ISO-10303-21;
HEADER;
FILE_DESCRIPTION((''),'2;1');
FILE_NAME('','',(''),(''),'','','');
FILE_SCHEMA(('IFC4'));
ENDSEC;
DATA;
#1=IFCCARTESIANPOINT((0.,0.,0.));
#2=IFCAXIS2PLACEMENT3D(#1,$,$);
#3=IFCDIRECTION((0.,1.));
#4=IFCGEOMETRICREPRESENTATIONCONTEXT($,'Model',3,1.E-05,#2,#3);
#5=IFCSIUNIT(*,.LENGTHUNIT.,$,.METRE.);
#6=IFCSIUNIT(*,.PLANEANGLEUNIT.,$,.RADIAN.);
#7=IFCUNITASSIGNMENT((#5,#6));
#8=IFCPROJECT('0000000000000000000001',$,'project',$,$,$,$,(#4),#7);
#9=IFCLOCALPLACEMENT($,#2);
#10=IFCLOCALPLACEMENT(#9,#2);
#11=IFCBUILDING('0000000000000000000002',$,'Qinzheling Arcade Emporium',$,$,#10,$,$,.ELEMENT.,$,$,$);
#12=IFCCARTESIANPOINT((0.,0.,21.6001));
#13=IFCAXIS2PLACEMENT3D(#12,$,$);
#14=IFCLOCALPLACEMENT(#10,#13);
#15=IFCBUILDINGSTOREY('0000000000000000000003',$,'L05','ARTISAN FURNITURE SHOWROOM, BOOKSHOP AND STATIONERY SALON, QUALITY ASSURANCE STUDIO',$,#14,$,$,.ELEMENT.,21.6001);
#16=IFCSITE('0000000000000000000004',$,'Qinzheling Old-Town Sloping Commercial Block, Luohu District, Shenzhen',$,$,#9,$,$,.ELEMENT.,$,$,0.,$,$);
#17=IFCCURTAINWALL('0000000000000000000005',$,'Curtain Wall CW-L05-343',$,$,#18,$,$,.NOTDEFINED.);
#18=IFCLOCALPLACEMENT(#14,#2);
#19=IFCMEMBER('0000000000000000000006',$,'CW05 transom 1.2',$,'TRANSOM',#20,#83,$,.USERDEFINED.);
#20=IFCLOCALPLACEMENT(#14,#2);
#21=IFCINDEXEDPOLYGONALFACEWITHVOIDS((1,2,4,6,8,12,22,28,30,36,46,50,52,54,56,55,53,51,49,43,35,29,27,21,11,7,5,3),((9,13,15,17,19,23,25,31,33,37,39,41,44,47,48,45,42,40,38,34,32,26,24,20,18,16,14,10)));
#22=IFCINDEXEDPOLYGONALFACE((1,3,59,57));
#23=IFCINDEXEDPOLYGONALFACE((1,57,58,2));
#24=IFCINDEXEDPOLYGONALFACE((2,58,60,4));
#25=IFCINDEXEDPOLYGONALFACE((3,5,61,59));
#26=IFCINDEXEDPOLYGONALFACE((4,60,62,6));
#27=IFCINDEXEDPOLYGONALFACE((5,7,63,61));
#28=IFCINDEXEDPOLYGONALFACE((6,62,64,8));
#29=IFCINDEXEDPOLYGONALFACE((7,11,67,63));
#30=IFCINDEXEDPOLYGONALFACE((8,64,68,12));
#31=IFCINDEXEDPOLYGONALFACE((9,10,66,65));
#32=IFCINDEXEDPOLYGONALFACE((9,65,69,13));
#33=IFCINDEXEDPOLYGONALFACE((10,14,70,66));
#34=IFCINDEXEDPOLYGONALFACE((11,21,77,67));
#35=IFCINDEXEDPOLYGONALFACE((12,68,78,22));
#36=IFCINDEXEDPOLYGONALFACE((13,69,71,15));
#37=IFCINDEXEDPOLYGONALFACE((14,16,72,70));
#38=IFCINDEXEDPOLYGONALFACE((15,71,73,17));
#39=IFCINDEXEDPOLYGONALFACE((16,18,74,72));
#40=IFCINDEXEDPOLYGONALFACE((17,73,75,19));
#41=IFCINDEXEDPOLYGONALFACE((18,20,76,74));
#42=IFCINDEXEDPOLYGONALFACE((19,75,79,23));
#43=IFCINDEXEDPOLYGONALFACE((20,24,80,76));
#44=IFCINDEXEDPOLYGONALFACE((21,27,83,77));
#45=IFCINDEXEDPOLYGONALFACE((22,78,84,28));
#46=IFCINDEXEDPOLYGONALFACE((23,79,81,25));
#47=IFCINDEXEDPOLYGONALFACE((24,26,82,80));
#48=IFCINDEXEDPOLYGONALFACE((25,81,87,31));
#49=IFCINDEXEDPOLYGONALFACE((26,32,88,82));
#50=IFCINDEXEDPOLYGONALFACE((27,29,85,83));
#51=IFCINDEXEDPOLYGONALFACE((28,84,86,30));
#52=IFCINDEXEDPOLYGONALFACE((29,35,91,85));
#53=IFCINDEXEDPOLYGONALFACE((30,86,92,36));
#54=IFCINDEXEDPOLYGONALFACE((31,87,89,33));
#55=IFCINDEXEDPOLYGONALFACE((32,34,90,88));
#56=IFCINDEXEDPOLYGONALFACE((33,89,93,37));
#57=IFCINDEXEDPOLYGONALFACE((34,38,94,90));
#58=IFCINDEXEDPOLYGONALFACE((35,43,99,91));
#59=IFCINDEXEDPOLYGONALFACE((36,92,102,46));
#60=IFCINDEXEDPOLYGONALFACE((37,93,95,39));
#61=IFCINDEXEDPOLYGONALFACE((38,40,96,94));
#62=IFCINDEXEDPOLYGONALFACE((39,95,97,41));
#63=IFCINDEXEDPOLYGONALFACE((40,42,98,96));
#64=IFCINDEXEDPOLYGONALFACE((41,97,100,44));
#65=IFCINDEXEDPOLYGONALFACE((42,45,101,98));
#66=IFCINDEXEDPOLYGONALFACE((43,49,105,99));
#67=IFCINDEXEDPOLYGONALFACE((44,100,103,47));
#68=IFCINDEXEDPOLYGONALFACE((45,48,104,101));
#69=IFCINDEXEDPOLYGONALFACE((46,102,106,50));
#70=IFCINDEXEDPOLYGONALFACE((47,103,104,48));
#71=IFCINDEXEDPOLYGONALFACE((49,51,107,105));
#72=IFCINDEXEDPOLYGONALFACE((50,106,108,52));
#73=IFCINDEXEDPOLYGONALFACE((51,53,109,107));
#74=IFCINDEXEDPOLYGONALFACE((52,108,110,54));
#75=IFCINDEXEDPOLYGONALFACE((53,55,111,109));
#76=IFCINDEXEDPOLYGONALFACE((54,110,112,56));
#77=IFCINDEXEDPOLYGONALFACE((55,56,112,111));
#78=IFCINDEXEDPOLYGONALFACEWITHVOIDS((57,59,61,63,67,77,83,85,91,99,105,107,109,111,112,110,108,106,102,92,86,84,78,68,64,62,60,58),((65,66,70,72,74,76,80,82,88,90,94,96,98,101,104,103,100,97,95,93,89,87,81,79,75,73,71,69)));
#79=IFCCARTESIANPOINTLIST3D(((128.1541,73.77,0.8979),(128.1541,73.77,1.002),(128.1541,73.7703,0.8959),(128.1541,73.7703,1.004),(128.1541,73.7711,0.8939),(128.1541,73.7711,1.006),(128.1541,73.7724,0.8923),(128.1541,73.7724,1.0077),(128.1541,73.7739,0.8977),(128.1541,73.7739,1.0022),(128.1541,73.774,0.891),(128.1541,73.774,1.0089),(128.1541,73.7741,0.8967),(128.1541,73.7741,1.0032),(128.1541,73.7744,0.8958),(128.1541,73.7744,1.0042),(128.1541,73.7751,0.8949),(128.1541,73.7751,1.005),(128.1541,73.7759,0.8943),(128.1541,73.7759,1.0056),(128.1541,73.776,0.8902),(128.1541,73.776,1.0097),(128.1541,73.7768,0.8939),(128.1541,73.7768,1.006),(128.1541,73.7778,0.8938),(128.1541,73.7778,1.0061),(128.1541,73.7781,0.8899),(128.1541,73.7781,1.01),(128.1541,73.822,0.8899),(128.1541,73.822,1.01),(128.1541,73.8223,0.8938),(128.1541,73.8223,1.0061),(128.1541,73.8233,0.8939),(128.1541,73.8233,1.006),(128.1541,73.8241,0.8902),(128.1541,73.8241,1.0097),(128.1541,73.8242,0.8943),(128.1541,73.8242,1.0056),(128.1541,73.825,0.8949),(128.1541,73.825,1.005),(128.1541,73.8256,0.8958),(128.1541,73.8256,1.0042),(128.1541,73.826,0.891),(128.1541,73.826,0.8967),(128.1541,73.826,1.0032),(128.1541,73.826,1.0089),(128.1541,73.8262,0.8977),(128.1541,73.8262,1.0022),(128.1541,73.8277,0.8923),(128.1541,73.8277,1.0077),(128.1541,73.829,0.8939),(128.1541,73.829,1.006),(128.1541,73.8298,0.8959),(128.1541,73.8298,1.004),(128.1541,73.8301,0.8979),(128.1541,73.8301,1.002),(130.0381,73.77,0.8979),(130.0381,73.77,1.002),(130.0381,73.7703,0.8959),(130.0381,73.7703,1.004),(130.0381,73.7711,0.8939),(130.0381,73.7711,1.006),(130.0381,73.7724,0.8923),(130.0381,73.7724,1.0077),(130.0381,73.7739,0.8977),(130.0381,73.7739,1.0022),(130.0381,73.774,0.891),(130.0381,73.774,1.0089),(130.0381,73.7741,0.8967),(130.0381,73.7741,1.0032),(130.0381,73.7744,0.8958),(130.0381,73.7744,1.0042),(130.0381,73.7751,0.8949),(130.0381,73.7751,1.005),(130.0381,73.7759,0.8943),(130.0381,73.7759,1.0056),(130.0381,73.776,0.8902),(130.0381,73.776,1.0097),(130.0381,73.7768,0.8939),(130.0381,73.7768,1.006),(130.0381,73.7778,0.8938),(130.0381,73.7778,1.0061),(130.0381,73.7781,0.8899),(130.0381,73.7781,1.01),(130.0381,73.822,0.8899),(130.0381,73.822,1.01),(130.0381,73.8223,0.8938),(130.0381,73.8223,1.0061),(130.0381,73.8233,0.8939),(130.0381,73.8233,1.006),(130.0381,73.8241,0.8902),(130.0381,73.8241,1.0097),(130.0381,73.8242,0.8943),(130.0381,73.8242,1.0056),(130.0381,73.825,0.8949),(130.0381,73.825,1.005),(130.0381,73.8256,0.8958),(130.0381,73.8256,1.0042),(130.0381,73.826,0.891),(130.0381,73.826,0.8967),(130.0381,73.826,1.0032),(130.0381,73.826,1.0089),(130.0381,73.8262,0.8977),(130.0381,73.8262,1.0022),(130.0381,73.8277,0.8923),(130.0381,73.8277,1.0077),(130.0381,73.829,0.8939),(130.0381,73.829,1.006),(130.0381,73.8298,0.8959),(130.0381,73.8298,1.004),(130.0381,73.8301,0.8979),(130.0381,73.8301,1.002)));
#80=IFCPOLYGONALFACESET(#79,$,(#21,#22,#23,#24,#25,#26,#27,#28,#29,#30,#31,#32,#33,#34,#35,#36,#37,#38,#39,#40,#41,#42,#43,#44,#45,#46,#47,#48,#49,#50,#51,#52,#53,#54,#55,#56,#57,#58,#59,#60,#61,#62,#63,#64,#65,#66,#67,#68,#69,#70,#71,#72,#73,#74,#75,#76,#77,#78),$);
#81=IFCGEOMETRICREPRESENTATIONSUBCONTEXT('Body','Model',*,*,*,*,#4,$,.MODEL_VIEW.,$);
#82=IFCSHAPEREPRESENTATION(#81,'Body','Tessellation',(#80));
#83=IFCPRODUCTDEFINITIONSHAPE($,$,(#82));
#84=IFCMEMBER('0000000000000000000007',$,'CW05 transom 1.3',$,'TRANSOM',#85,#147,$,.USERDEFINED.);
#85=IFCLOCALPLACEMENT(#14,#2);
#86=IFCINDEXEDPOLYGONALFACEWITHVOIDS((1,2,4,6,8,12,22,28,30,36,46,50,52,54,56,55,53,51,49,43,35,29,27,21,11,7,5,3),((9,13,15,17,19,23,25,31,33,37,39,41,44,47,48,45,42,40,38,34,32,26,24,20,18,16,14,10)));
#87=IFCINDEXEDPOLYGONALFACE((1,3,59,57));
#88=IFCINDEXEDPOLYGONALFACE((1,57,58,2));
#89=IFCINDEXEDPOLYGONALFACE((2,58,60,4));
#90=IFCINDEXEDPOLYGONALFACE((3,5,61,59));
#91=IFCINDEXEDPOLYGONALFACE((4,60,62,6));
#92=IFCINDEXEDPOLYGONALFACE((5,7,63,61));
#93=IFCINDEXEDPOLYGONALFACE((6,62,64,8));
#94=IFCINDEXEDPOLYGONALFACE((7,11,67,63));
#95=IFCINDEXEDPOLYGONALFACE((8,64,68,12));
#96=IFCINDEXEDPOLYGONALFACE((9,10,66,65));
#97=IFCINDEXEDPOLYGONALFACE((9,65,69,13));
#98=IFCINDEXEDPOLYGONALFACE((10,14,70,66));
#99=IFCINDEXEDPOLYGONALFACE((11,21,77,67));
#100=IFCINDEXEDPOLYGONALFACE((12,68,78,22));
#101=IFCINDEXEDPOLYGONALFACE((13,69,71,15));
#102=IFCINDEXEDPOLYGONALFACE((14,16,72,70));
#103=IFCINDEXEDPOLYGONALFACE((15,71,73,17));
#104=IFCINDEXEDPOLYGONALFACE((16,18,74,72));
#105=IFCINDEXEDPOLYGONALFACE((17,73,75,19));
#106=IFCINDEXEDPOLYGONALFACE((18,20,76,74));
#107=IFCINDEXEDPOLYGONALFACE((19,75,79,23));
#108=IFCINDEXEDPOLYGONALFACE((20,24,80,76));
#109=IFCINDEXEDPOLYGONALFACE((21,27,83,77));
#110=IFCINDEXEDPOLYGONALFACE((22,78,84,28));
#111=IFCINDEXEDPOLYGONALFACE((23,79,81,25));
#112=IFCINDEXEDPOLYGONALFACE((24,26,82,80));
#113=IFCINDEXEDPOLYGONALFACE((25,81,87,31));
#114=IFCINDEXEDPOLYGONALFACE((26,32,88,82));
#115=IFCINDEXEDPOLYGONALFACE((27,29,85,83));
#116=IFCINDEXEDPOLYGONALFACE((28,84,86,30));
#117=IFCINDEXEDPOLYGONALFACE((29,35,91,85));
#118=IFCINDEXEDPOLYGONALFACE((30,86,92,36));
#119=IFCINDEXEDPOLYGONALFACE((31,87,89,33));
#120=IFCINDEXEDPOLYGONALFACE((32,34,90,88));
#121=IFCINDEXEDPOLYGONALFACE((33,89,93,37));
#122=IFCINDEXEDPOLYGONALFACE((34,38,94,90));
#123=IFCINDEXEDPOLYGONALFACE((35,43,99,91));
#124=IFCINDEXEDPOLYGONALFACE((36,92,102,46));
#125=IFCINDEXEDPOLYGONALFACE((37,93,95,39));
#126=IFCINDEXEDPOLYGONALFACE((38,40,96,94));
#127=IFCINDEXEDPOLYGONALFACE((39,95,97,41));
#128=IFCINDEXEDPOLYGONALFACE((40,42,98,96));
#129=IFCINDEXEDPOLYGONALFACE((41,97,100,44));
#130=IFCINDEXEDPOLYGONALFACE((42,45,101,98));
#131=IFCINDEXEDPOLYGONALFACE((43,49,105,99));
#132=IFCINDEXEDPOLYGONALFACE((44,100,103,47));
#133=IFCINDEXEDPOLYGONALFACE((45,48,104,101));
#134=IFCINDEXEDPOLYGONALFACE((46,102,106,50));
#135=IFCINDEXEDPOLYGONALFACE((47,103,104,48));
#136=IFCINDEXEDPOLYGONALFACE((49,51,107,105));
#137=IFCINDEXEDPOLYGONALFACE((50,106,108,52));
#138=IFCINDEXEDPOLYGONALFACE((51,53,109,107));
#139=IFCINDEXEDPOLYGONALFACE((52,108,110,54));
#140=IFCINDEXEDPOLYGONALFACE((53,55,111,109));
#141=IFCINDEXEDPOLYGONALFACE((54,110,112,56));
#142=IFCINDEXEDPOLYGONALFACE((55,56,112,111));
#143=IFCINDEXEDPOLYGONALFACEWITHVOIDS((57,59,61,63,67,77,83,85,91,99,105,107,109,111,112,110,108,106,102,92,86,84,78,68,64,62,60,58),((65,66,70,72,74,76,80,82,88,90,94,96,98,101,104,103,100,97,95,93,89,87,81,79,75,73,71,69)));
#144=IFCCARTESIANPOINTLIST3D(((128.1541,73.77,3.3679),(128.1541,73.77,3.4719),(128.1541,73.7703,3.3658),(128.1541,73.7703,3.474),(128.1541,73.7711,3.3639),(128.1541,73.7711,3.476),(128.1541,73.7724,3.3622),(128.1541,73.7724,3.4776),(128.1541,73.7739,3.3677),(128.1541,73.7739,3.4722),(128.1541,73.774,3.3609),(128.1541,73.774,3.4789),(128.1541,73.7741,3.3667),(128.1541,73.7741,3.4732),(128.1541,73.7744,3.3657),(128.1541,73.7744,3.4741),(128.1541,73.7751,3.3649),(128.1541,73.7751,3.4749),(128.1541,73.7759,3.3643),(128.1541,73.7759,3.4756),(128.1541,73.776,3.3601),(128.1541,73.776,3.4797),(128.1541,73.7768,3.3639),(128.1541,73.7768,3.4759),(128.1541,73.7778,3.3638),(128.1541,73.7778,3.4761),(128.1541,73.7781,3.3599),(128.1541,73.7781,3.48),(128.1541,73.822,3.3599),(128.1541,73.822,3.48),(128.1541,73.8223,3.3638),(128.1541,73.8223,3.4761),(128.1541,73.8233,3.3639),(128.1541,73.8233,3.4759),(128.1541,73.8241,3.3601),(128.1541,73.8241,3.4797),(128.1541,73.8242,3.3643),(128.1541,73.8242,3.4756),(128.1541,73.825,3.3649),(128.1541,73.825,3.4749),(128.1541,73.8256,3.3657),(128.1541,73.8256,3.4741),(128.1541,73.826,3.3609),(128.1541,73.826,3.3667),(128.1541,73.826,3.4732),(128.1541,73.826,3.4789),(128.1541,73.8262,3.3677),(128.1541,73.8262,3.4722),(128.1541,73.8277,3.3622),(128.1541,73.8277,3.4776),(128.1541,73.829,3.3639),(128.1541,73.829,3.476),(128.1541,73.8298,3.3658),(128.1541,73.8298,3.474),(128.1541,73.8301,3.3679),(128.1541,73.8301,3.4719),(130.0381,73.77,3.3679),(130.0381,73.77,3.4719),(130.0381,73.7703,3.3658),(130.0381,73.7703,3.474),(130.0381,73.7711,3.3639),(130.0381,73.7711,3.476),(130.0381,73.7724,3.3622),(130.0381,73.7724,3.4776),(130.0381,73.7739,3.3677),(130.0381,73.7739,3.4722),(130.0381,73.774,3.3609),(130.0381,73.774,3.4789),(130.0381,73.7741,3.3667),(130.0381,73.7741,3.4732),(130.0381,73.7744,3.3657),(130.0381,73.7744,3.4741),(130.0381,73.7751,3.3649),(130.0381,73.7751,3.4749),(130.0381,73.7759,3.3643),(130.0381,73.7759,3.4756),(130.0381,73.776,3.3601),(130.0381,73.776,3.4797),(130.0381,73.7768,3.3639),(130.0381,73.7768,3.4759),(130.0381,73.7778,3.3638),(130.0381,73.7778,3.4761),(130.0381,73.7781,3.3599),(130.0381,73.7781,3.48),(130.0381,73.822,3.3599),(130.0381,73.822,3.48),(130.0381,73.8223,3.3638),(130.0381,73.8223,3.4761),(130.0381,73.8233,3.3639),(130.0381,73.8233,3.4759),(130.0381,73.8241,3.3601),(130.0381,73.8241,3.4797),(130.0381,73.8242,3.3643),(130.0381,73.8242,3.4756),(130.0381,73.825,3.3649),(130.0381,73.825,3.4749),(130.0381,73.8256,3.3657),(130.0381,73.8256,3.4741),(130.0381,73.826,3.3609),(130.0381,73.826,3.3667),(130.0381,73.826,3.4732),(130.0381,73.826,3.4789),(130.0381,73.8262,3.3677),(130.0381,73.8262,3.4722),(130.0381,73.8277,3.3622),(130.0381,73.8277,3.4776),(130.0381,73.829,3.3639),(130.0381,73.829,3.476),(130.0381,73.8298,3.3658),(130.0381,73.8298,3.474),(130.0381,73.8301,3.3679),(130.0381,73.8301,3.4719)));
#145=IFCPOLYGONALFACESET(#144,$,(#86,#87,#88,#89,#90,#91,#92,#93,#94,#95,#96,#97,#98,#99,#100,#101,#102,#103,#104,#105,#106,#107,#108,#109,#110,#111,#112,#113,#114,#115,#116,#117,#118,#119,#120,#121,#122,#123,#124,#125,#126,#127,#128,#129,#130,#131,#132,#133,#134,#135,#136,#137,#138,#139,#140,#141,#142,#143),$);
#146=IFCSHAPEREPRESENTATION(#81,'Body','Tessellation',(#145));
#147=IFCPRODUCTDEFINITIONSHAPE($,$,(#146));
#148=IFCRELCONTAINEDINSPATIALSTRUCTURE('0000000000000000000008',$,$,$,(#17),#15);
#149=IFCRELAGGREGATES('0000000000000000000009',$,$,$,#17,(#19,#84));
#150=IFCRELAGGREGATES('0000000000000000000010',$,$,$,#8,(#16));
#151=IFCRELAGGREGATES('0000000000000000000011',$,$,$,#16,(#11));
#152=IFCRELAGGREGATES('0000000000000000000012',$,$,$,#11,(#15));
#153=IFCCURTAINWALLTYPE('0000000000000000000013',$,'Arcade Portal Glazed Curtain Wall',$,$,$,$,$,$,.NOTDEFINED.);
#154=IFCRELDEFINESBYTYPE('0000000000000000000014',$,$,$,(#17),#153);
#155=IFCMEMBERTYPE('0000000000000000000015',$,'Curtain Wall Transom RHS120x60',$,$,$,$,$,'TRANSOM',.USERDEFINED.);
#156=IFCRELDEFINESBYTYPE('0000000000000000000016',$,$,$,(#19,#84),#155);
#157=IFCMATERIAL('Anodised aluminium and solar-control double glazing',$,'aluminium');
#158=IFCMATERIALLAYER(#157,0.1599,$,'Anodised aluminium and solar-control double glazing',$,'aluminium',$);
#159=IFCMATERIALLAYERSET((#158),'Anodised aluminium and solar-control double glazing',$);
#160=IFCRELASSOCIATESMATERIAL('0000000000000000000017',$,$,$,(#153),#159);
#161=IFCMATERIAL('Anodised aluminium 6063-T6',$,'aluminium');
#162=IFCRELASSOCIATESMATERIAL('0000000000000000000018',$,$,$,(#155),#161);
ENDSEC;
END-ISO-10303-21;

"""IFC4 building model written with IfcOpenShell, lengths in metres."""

from ifc_helpers import new_model, si_unit, direction, frame, origin, origin_2d, place, context, subcontext, project, spatial, hollow_rectangle, extrude, material, layer, layer_set, material_profile, profile_set, type_object, element, aggregate, save


model = new_model("IFC4")

# Units and contexts
model_context = context("Model", 3, precision=1e-05, world=origin(), true_north=direction((0.0, 1.0)))
body_context = subcontext(model_context, "Body", "Model", "MODEL_VIEW")
ifc_project = project(units=[si_unit("LENGTHUNIT", "METRE"), si_unit("PLANEANGLEUNIT", "RADIAN")], contexts=[model_context])

# Site, building, storey
site_placement = place(None, origin())
site = spatial("IfcSite", under=ifc_project, at=site_placement, Name="Qinzheling Old-Town Sloping Commercial Block, Luohu District, Shenzhen", CompositionType="ELEMENT", RefElevation=0.0)
building_placement = place(site_placement, origin())
building = spatial("IfcBuilding", under=site, at=building_placement, Name="Qinzheling Arcade Emporium", CompositionType="ELEMENT")
storey_placement = place(building_placement, frame((0.0, 0.0, 21.6001)))
storey = spatial("IfcBuildingStorey", under=building, at=storey_placement, Name="L05", Description="ARTISAN FURNITURE SHOWROOM, BOOKSHOP AND STATIONERY SALON, QUALITY ASSURANCE STUDIO", CompositionType="ELEMENT", Elevation=21.6001)

# Curtain wall, members
ifc_material_1 = material(Name="Anodised aluminium and solar-control double glazing", Category="aluminium")
ifc_layer_1 = layer(ifc_material_1, 0.1599, Name="Anodised aluminium and solar-control double glazing", Category="aluminium")
ifc_layer_set_1 = layer_set([ifc_layer_1], Name="Anodised aluminium and solar-control double glazing")
curtain_wall_type = type_object("IfcCurtainWallType", Name="Arcade Portal Glazed Curtain Wall", PredefinedType="NOTDEFINED", material=ifc_layer_set_1)
curtain_wall_placement = place(storey_placement, origin())
curtain_wall = element("IfcCurtainWall", 1, at=curtain_wall_placement, inside=storey, type_object=curtain_wall_type, Name="Curtain Wall CW-L05-343", PredefinedType="NOTDEFINED")
ifc_material_2 = material(Name="Anodised aluminium 6063-T6", Category="aluminium")
ifc_material_profile_1 = material_profile(ifc_material_2, hollow_rectangle(XDim=0.0601, YDim=0.1201, WallThickness=0.0039, InnerFilletRadius=0.0039, OuterFilletRadius=0.0081, at=origin_2d()), Name="RHS 120x60x4", Category="aluminium")
ifc_profile_set_1 = profile_set([ifc_material_profile_1], Name="Anodised aluminium 6063-T6")
member_type_1 = type_object("IfcMemberType", Name="Curtain Wall Transom RHS120x60", ElementType="TRANSOM", PredefinedType="USERDEFINED", material=ifc_profile_set_1)
member_1_placement = place(storey_placement, frame((130.0381, 73.8, 0.95), z_axis=(-1.0, 0.0, 0.0), x_axis=(0.0, -1.0, 0.0)))
member_1 = element("IfcMember", 2, at=member_1_placement, type_object=member_type_1, Name="CW05 transom 1.2", ObjectType="TRANSOM", PredefinedType="USERDEFINED", context=body_context, shape_type="SweptSolid", body=[
    extrude(hollow_rectangle(XDim=0.0601, YDim=0.1201, WallThickness=0.0039, InnerFilletRadius=0.0039, OuterFilletRadius=0.0081, at=origin_2d()), origin(), (0.0, 0.0, 1.0), 1.884),
])
member_2_placement = place(storey_placement, frame((130.0381, 73.8, 3.4199), z_axis=(-1.0, 0.0, 0.0), x_axis=(0.0, -1.0, 0.0)))
member_2 = element("IfcMember", 3, at=member_2_placement, type_object=member_type_1, Name="CW05 transom 1.3", ObjectType="TRANSOM", PredefinedType="USERDEFINED", context=body_context, shape_type="SweptSolid", body=[
    extrude(hollow_rectangle(XDim=0.0601, YDim=0.1201, WallThickness=0.0039, InnerFilletRadius=0.0039, OuterFilletRadius=0.0081, at=origin_2d()), origin(), (0.0, 0.0, 1.0), 1.884),
])

aggregate(curtain_wall, [member_1, member_2])

save(model, "model.ifc")
